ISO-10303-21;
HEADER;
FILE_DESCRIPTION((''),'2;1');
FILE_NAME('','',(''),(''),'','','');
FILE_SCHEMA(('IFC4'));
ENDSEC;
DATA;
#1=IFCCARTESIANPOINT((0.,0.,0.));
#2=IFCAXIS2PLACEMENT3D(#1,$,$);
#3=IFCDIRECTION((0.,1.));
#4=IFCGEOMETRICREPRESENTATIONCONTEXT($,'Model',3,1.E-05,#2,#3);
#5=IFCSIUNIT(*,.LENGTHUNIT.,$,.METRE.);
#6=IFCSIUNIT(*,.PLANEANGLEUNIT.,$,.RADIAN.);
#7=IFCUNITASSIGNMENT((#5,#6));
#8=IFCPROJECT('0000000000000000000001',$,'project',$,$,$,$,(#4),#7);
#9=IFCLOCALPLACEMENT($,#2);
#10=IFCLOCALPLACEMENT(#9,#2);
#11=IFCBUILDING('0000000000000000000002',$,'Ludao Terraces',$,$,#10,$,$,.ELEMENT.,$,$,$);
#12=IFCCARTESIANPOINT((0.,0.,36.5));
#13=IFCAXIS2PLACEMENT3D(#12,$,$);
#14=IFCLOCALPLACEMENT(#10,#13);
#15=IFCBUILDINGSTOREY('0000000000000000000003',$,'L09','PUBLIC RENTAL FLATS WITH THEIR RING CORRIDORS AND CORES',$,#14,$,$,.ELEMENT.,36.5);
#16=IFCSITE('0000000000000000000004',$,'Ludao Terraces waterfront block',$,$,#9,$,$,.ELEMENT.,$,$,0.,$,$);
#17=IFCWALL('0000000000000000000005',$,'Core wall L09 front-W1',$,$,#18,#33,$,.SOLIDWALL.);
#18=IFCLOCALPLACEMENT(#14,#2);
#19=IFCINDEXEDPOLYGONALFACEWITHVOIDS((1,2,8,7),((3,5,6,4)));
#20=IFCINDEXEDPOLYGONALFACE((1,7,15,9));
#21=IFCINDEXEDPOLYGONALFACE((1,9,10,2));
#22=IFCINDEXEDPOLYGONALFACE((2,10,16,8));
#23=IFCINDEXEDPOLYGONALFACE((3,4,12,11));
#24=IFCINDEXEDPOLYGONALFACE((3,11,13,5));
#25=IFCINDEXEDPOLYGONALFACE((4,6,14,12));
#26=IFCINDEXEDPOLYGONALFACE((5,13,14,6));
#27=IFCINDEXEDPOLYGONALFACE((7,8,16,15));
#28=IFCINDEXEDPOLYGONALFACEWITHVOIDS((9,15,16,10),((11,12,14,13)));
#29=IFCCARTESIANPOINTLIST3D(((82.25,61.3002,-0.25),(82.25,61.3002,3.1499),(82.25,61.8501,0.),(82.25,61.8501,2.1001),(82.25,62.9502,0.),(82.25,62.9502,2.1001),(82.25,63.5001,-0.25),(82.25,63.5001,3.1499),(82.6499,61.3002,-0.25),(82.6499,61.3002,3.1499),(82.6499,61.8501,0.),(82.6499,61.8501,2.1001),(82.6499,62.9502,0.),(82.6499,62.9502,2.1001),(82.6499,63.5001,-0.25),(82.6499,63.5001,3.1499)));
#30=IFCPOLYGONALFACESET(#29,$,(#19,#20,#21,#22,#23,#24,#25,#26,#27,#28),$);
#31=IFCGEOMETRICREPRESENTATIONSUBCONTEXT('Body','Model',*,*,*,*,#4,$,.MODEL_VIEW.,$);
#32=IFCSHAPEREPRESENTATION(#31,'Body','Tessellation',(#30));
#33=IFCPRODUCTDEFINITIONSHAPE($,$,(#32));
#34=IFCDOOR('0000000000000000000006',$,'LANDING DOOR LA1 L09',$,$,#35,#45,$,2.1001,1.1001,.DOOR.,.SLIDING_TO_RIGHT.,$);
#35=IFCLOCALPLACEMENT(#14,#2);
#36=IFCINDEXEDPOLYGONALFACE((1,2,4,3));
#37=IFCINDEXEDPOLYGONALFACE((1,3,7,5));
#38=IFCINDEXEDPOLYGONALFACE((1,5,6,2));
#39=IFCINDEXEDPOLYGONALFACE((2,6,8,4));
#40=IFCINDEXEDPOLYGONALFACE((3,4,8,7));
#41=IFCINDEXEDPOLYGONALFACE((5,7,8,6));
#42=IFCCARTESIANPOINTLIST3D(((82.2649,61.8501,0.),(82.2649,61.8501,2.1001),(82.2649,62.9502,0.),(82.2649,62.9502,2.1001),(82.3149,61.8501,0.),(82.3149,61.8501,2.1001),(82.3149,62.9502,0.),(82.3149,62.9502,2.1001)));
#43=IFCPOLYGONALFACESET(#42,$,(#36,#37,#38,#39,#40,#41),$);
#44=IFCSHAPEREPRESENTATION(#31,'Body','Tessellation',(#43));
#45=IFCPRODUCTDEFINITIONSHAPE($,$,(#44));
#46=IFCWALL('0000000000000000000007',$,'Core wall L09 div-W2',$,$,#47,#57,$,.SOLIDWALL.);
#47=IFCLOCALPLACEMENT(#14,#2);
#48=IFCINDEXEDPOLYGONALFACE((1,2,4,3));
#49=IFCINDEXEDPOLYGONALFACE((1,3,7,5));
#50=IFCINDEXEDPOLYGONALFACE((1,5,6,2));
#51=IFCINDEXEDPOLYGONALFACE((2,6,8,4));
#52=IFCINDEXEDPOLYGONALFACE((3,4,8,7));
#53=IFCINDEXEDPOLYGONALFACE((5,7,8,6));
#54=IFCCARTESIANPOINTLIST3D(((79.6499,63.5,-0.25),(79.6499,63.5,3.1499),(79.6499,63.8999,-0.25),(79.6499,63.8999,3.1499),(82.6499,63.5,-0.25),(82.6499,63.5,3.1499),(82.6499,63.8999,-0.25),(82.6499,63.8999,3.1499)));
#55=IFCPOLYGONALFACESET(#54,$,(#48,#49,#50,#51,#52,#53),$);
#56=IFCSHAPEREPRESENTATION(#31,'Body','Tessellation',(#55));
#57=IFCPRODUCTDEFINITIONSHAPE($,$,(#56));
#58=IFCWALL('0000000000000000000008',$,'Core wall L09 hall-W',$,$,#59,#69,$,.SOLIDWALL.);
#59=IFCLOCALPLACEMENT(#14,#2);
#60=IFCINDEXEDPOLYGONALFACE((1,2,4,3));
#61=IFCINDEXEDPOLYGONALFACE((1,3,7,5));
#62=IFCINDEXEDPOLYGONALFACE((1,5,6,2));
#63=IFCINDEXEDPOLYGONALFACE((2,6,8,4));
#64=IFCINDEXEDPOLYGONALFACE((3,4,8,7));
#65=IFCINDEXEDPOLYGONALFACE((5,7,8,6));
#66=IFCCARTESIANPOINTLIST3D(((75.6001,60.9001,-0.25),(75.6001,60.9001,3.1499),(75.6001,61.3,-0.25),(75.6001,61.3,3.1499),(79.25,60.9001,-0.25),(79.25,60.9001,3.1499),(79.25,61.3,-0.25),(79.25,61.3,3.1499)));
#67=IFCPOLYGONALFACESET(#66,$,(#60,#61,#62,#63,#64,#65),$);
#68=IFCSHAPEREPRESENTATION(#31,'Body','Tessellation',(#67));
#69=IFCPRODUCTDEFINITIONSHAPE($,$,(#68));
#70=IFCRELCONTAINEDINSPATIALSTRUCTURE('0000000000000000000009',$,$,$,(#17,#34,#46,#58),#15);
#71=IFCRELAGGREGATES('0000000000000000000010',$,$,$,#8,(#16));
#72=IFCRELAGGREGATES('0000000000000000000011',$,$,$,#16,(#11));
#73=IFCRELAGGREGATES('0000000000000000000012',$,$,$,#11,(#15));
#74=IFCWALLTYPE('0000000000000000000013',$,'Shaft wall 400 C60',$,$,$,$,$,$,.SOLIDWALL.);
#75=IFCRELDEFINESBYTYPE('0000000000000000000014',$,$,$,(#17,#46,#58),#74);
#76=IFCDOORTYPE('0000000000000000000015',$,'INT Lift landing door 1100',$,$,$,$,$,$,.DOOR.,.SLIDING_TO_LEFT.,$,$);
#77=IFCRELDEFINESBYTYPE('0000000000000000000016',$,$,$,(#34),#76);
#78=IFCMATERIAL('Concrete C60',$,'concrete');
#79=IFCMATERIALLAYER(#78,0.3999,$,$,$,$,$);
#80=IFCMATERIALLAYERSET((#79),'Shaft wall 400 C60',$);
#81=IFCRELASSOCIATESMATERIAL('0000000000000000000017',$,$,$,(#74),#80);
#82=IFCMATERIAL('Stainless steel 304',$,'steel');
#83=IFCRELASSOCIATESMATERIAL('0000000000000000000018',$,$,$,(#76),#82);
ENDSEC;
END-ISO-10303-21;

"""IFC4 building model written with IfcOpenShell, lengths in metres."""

from ifc_helpers import new_model, si_unit, direction, frame, frame_2d, origin, place, context, subcontext, project, spatial, rectangle, extrude, material, layer, layer_set, type_object, element, fill, save


model = new_model("IFC4")

# Units and contexts
model_context = context("Model", 3, precision=1e-05, world=origin(), true_north=direction((0.0, 1.0)))
body_context = subcontext(model_context, "Body", "Model", "MODEL_VIEW")
ifc_project = project(units=[si_unit("LENGTHUNIT", "METRE"), si_unit("PLANEANGLEUNIT", "RADIAN")], contexts=[model_context])

# Site, building, storey
site_placement = place(None, origin())
site = spatial("IfcSite", under=ifc_project, at=site_placement, Name="Ludao Terraces waterfront block", CompositionType="ELEMENT", RefElevation=0.0)
building_placement = place(site_placement, origin())
building = spatial("IfcBuilding", under=site, at=building_placement, Name="Ludao Terraces", CompositionType="ELEMENT")
storey_placement = place(building_placement, frame((0.0, 0.0, 36.5)))
storey = spatial("IfcBuildingStorey", under=building, at=storey_placement, Name="L09", Description="PUBLIC RENTAL FLATS WITH THEIR RING CORRIDORS AND CORES", CompositionType="ELEMENT", Elevation=36.5)

# Shared definitions
ifc_material_1 = material(Name="Concrete C60", Category="concrete")

# Shared definitions
ifc_layer_1 = layer(ifc_material_1, 0.3999)
ifc_layer_set_1 = layer_set([ifc_layer_1], Name="Shaft wall 400 C60")
wall_type_1 = type_object("IfcWallType", Name="Shaft wall 400 C60", PredefinedType="SOLIDWALL", material=ifc_layer_set_1)

# Wall, opening, door
wall_1_placement = place(storey_placement, frame((82.45, 61.3, -0.25), z_axis=(0.0, 0.0, 1.0), x_axis=(0.0, 1.0, 0.0)))
wall_1 = element("IfcWall", 1, at=wall_1_placement, inside=storey, type_object=wall_type_1, Name="Core wall L09 front-W1", PredefinedType="SOLIDWALL", context=body_context, shape_type="SweptSolid", body=[
    extrude(rectangle(XDim=2.2, YDim=0.3999, at=frame_2d((1.1001, 0.0))), origin(), (0.0, 0.0, 1.0), 3.3999),
])
opening_1_placement = place(wall_1_placement, frame((0.55, 0.0, 0.25)))
opening_1 = element("IfcOpeningElement", 2, at=opening_1_placement, cuts=wall_1, PredefinedType="OPENING", context=body_context, shape_type="SweptSolid", body=[
    extrude(rectangle(XDim=1.1001, YDim=2.1001, at=frame_2d((0.55, 1.05))), frame((0.0, 0.21, 0.0), z_axis=(0.0, -1.0, 0.0), x_axis=(1.0, 0.0, 0.0)), (0.0, 0.0, 1.0), 0.4199),
])
ifc_material_2 = material(Name="Stainless steel 304", Category="steel")
door_type_1 = type_object("IfcDoorType", Name="INT Lift landing door 1100", OperationType="SLIDING_TO_LEFT", PredefinedType="DOOR", material=ifc_material_2)
door_1_placement = place(opening_1_placement, origin())
door_1 = element("IfcDoor", 3, at=door_1_placement, inside=storey, type_object=door_type_1, Name="LANDING DOOR LA1 L09", OperationType="SLIDING_TO_RIGHT", OverallHeight=2.1001, OverallWidth=1.1001, PredefinedType="DOOR", context=body_context, shape_type="SweptSolid", body=[
    extrude(rectangle(XDim=1.1001, YDim=2.1001, at=frame_2d((0.55, 1.05))), frame((0.0, 0.1851, 0.0), z_axis=(0.0, -1.0, 0.0), x_axis=(1.0, 0.0, 0.0)), (0.0, 0.0, 1.0), 0.05),
])
fill(opening_1, door_1)

# Walls
wall_2_placement = place(storey_placement, frame((79.6499, 63.7, -0.25), z_axis=(0.0, 0.0, 1.0), x_axis=(1.0, 0.0, 0.0)))
element("IfcWall", 4, at=wall_2_placement, inside=storey, type_object=wall_type_1, Name="Core wall L09 div-W2", PredefinedType="SOLIDWALL", context=body_context, shape_type="SweptSolid", body=[
    extrude(rectangle(XDim=3.0, YDim=0.3999, at=frame_2d((1.5, 0.0))), origin(), (0.0, 0.0, 1.0), 3.3999),
])
wall_3_placement = place(storey_placement, frame((75.6001, 61.1001, -0.25), z_axis=(0.0, 0.0, 1.0), x_axis=(1.0, 0.0, 0.0)))
element("IfcWall", 5, at=wall_3_placement, inside=storey, type_object=wall_type_1, Name="Core wall L09 hall-W", PredefinedType="SOLIDWALL", context=body_context, shape_type="SweptSolid", body=[
    extrude(rectangle(XDim=3.6499, YDim=0.3999, at=frame_2d((1.825, 0.0))), origin(), (0.0, 0.0, 1.0), 3.3999),
])

save(model, "model.ifc")
